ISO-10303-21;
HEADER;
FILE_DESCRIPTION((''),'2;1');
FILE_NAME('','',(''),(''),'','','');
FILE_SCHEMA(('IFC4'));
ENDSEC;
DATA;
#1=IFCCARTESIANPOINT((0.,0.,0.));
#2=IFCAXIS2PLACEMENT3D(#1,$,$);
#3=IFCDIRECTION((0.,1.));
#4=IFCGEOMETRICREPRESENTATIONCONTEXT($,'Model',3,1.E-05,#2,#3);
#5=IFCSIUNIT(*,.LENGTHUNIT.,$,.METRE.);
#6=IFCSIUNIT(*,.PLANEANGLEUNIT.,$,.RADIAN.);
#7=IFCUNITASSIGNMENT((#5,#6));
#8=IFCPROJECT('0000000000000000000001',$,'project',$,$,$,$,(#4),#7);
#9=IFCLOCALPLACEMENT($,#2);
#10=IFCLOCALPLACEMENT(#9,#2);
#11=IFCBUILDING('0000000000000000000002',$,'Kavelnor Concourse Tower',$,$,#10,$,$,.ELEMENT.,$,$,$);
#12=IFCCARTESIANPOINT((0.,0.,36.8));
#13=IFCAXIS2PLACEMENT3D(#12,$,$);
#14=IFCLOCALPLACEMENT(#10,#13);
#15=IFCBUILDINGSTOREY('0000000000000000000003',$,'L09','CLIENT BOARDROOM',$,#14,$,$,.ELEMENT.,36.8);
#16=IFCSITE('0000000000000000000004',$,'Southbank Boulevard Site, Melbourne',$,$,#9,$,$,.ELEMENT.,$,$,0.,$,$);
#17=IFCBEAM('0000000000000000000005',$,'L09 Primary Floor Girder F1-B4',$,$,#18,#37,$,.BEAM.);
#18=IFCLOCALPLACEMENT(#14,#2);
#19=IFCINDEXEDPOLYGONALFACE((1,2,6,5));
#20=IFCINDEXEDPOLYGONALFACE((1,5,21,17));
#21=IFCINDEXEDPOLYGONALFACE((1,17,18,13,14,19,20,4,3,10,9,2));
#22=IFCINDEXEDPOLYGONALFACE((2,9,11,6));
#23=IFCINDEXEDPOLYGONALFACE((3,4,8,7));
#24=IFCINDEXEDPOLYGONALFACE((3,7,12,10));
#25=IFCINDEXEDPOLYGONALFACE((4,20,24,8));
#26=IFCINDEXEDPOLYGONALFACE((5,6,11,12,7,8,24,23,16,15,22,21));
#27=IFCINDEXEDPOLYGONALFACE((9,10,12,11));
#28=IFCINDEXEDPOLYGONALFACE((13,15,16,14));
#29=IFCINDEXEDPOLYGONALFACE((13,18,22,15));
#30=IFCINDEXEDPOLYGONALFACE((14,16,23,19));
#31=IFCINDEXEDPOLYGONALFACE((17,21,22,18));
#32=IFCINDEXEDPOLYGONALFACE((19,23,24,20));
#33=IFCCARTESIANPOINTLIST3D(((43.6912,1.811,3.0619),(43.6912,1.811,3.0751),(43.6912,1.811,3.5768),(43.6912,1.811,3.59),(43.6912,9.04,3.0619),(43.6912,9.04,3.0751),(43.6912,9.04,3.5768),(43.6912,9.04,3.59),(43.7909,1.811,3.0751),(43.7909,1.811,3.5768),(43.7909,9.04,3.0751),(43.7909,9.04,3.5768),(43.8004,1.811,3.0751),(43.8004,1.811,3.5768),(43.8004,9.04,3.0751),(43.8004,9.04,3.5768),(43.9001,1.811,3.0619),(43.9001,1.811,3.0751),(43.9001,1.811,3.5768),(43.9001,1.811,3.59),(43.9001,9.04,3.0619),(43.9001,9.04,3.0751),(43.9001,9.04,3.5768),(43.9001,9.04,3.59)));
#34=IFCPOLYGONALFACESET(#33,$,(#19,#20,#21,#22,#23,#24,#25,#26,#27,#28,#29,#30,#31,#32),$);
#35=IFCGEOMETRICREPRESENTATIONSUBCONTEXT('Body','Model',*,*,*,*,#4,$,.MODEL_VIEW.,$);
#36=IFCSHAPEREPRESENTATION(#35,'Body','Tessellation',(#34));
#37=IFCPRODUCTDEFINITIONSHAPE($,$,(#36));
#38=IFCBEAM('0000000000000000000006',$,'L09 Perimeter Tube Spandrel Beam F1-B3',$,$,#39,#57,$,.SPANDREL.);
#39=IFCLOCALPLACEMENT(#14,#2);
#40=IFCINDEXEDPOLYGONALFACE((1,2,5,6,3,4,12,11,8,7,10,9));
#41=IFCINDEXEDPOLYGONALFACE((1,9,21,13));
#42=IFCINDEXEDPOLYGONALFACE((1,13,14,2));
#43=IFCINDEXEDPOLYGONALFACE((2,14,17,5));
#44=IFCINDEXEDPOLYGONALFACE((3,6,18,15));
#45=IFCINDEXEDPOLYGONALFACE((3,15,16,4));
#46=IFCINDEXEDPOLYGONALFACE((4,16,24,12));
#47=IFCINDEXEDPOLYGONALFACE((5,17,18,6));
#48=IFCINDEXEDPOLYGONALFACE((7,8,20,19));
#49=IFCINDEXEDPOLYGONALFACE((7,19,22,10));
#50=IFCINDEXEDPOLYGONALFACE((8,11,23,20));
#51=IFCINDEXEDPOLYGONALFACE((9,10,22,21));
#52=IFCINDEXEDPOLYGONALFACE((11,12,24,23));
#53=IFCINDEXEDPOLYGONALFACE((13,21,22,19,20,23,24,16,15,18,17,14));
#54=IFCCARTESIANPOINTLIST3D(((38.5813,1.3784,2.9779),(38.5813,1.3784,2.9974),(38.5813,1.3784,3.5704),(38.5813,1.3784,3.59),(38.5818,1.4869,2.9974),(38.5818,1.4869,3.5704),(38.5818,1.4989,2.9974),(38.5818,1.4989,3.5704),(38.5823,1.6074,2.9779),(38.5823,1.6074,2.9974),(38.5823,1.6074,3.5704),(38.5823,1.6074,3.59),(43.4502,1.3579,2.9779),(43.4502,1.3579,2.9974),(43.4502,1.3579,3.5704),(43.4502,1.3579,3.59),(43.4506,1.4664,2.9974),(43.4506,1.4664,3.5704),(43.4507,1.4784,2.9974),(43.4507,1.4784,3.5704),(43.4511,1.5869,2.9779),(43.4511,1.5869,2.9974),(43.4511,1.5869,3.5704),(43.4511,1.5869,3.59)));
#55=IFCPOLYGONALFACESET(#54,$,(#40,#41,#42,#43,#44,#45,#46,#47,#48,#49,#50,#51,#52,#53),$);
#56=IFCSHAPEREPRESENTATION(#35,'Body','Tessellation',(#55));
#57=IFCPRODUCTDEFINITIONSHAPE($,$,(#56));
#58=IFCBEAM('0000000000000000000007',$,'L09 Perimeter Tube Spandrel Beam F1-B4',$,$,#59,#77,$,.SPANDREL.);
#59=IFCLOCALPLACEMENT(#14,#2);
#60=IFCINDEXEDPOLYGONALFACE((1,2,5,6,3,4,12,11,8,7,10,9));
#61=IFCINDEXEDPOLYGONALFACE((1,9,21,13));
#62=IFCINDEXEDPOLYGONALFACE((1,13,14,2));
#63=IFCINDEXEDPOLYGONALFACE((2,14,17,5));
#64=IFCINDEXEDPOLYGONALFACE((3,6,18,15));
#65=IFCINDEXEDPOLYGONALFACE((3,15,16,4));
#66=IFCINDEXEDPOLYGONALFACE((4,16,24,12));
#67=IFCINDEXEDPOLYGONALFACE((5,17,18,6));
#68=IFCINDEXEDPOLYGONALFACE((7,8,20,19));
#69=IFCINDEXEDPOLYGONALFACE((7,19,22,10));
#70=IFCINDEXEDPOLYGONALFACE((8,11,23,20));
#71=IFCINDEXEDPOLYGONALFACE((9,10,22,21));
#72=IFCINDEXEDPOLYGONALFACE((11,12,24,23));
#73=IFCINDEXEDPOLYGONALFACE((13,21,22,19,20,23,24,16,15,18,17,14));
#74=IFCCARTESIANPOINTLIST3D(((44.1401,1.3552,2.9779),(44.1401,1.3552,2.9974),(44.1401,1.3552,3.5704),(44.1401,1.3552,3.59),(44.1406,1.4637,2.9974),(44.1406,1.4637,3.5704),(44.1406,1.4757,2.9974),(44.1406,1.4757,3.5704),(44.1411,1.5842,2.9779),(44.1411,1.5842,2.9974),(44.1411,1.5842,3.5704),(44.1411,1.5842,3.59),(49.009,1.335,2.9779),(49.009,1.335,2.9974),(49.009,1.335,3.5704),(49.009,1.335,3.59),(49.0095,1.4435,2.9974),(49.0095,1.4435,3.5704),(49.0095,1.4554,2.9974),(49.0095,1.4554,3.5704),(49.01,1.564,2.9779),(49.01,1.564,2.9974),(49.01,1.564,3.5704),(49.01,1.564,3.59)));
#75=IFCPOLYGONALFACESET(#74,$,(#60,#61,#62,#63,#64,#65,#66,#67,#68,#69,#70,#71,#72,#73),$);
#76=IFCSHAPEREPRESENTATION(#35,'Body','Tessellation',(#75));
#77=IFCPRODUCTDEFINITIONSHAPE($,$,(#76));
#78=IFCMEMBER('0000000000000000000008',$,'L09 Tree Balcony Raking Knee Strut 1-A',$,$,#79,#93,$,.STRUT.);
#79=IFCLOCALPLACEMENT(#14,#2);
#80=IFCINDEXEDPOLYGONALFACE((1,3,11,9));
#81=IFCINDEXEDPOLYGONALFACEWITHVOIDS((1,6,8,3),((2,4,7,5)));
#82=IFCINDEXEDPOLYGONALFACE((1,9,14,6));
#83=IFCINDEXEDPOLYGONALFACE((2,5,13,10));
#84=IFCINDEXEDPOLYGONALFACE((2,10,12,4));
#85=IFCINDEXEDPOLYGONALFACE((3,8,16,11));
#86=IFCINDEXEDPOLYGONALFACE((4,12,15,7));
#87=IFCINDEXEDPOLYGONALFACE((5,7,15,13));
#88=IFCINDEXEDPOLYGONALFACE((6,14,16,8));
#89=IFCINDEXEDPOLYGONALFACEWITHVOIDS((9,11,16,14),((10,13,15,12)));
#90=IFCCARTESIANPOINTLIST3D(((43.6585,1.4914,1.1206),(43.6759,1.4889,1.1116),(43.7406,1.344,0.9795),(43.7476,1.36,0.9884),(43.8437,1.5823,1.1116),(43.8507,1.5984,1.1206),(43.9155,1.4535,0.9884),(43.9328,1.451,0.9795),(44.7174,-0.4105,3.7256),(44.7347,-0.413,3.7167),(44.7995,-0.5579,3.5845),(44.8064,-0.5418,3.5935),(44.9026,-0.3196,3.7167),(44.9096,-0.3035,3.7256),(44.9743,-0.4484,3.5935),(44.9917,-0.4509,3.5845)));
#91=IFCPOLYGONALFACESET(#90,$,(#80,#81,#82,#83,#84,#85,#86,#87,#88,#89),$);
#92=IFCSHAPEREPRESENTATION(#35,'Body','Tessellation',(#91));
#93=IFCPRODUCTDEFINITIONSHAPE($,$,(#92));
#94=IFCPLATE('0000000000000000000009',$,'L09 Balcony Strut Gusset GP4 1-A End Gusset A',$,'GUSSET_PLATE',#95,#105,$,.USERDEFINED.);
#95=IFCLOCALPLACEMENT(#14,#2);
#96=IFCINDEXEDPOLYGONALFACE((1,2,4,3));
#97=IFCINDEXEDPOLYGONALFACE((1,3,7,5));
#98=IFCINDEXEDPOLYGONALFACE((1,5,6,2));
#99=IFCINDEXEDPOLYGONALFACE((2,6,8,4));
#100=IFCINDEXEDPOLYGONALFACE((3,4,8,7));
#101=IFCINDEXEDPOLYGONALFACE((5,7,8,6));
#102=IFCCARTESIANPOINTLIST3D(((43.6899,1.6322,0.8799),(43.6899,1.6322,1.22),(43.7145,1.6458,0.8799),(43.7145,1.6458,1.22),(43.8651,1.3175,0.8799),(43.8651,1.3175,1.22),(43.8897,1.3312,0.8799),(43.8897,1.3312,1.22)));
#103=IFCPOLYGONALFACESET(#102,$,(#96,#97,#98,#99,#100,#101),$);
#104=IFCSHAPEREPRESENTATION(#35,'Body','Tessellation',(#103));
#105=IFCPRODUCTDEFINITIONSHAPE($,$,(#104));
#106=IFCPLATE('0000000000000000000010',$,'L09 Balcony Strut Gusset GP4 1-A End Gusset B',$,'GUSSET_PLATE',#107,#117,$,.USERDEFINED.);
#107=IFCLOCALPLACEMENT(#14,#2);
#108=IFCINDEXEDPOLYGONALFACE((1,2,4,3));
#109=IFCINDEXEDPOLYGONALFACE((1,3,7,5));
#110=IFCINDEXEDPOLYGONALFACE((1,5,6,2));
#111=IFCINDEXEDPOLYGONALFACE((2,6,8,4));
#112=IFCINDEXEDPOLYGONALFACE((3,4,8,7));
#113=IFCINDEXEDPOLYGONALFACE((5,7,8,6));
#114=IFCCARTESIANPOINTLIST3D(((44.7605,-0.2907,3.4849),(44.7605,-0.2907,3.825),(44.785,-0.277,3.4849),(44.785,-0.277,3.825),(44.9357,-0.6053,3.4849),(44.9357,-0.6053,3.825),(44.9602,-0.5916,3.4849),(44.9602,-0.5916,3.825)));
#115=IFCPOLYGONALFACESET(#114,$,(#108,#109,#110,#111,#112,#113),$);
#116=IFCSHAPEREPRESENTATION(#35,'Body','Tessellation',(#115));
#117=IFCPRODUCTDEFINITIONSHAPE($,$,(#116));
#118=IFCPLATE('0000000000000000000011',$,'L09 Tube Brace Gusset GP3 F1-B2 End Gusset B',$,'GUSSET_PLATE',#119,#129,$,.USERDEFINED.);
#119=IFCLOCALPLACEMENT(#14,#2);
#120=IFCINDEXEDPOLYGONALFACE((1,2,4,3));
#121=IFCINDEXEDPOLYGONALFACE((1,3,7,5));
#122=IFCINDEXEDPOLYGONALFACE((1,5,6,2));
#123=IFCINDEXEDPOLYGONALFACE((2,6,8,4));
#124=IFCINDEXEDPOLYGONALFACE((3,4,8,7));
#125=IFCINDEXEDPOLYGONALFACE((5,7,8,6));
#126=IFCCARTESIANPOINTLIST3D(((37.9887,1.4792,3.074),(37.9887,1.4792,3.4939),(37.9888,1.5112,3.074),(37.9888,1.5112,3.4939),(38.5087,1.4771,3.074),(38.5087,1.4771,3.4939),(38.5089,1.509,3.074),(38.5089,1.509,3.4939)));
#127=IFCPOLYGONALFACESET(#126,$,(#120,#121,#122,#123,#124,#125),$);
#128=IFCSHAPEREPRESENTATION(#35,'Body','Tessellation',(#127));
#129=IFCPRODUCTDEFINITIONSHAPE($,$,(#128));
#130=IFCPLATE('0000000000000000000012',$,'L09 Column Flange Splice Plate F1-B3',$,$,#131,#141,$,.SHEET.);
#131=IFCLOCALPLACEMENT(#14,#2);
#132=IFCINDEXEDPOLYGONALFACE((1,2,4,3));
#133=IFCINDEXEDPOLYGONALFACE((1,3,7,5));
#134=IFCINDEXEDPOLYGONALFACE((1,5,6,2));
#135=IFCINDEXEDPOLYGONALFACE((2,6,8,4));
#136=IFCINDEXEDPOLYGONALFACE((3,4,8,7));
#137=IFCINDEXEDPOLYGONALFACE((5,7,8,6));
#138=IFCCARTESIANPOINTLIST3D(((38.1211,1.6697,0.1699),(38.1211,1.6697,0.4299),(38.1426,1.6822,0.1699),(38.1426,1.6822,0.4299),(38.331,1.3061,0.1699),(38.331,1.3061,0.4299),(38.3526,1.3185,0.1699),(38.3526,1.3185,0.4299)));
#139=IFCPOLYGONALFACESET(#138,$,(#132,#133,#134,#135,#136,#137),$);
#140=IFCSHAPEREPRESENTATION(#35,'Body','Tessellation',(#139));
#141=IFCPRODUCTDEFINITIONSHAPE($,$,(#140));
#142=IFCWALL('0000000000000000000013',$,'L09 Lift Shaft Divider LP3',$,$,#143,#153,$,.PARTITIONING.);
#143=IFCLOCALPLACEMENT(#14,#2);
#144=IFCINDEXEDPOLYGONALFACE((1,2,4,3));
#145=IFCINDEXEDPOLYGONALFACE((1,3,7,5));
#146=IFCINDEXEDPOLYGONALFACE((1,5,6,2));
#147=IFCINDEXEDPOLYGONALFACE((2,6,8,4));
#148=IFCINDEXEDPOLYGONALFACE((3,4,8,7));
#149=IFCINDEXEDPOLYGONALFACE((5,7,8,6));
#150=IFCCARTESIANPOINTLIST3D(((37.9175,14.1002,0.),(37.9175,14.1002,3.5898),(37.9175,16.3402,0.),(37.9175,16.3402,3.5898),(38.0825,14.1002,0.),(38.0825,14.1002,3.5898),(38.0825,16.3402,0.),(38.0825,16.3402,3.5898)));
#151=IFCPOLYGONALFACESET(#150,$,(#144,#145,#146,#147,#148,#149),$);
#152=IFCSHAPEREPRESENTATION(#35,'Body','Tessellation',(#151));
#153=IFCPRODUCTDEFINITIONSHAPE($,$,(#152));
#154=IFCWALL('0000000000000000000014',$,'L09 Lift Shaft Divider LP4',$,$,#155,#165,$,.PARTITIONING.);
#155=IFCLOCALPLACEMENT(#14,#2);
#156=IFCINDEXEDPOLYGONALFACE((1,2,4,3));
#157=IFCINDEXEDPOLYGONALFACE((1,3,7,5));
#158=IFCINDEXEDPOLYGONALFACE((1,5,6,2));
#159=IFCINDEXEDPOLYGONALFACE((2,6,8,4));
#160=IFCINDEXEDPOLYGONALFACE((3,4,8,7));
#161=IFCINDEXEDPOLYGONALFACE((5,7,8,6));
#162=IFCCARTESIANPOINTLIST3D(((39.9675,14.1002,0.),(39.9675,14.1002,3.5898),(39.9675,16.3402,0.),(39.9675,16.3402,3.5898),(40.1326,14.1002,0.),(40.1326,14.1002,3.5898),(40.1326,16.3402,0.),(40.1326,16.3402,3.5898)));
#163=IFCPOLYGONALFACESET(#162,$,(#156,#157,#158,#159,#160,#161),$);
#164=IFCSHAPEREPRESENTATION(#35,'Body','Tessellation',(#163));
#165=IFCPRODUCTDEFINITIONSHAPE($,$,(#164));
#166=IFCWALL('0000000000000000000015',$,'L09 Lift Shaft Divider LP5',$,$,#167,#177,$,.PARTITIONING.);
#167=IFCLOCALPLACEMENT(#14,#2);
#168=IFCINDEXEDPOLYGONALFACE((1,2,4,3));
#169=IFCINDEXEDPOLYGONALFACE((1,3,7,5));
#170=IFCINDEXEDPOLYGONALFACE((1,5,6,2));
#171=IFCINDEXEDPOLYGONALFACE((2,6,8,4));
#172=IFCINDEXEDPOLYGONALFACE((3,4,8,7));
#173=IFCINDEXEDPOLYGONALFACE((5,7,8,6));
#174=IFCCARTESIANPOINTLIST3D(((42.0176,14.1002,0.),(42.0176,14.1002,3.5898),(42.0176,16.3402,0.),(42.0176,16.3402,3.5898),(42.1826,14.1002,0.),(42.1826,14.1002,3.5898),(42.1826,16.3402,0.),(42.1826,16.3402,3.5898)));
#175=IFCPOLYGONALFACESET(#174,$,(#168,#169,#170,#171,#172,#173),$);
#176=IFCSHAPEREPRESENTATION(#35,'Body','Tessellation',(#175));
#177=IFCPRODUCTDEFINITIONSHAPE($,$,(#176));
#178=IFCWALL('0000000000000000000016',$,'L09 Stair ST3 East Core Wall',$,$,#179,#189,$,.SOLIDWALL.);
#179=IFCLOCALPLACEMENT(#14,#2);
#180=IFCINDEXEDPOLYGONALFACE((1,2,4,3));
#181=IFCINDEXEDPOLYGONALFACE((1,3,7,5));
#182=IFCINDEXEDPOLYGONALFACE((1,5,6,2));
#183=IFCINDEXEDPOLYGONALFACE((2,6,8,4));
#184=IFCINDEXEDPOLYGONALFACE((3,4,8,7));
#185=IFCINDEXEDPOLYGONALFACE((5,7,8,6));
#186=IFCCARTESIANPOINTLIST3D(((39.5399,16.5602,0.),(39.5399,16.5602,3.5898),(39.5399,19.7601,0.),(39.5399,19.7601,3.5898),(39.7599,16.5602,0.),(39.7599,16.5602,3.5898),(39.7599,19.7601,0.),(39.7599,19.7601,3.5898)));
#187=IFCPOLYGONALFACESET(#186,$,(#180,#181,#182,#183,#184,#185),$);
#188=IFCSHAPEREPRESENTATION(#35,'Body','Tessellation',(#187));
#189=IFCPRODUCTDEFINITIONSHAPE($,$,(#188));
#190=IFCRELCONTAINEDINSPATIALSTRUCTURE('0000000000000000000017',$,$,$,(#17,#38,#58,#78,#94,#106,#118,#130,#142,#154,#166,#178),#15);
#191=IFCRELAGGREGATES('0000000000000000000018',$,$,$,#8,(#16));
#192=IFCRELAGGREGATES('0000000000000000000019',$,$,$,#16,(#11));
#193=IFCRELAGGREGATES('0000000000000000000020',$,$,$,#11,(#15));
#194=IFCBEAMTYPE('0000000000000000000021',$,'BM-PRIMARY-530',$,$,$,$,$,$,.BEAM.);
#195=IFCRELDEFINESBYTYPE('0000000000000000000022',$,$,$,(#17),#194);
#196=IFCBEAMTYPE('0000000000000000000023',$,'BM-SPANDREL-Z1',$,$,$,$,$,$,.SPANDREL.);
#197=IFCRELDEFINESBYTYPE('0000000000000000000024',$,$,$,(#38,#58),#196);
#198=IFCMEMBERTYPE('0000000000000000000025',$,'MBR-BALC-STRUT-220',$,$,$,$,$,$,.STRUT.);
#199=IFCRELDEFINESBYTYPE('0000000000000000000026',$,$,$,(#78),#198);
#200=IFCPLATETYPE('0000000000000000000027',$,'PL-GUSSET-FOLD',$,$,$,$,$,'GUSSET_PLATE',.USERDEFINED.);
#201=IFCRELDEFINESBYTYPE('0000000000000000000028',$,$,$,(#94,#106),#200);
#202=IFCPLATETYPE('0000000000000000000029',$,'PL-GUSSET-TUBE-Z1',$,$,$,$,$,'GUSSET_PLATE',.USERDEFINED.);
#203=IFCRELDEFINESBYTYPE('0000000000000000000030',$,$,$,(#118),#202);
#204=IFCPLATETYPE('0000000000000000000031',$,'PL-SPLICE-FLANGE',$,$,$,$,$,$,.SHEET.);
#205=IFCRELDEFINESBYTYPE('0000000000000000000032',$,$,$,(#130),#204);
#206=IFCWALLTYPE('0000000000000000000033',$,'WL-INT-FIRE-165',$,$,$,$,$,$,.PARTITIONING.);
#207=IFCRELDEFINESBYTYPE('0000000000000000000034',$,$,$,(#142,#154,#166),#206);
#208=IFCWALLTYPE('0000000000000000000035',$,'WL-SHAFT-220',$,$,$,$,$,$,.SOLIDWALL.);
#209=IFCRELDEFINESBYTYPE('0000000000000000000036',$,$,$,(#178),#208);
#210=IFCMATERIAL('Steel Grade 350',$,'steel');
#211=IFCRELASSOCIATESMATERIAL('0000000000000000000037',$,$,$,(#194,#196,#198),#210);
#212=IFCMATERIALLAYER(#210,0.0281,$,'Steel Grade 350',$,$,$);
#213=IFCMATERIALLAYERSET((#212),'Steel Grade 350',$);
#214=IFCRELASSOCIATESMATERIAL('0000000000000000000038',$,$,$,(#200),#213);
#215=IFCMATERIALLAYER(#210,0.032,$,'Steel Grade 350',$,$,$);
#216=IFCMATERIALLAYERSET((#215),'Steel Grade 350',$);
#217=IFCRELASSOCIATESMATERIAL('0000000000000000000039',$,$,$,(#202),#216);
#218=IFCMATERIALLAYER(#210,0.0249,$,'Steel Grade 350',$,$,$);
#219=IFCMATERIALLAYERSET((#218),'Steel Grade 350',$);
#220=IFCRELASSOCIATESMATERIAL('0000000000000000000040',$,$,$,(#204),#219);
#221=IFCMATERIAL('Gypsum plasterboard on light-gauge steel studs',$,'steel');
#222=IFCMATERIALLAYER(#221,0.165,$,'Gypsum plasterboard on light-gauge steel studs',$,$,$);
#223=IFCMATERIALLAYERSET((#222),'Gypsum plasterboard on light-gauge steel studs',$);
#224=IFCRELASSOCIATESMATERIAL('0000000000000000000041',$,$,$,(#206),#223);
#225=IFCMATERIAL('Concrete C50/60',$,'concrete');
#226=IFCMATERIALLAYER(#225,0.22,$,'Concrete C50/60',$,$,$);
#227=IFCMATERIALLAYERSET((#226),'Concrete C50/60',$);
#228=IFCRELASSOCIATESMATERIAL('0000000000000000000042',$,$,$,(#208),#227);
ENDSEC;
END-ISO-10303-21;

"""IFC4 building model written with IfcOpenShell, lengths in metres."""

from ifc_helpers import new_model, si_unit, direction, frame, frame_2d, origin, origin_2d, place, context, subcontext, project, spatial, rectangle, hollow_rectangle, i_section, extrude, material, layer, layer_set, material_profile, profile_set, type_object, element, save


model = new_model("IFC4")

# Units and contexts
model_context = context("Model", 3, precision=1e-05, world=origin(), true_north=direction((0.0, 1.0)))
body_context = subcontext(model_context, "Body", "Model", "MODEL_VIEW")
ifc_project = project(units=[si_unit("LENGTHUNIT", "METRE"), si_unit("PLANEANGLEUNIT", "RADIAN")], contexts=[model_context])

# Site, building, storey
site_placement = place(None, origin())
site = spatial("IfcSite", under=ifc_project, at=site_placement, Name="Southbank Boulevard Site, Melbourne", CompositionType="ELEMENT", RefElevation=0.0)
building_placement = place(site_placement, origin())
building = spatial("IfcBuilding", under=site, at=building_placement, Name="Kavelnor Concourse Tower", CompositionType="ELEMENT")
storey_placement = place(building_placement, frame((0.0, 0.0, 36.8)))
storey = spatial("IfcBuildingStorey", under=building, at=storey_placement, Name="L09", Description="CLIENT BOARDROOM", CompositionType="ELEMENT", Elevation=36.8)

# Shared definitions
ifc_material_1 = material(Name="Steel Grade 350", Category="steel")

# Beams
ifc_material_profile_1 = material_profile(ifc_material_1, i_section(OverallWidth=0.209, OverallDepth=0.5281, WebThickness=0.0095, FlangeThickness=0.0132, at=origin_2d()), Name="530UB82")
ifc_profile_set_1 = profile_set([ifc_material_profile_1], Name="Steel Grade 350")
beam_type_1 = type_object("IfcBeamType", Name="BM-PRIMARY-530", PredefinedType="BEAM", material=ifc_profile_set_1)
beam_1_placement = place(storey_placement, frame((43.7957, 9.04, 3.3259), z_axis=(0.0, -1.0, 0.0), x_axis=(1.0, 0.0, 0.0)))
element("IfcBeam", 1, at=beam_1_placement, inside=storey, type_object=beam_type_1, Name="L09 Primary Floor Girder F1-B4", PredefinedType="BEAM", context=body_context, shape_type="SweptSolid", body=[
    extrude(i_section(OverallWidth=0.209, OverallDepth=0.5281, WebThickness=0.0095, FlangeThickness=0.0132, at=origin_2d()), origin(), (0.0, 0.0, 1.0), 7.229),
])
ifc_material_profile_2 = material_profile(ifc_material_1, i_section(OverallWidth=0.229, OverallDepth=0.6121, WebThickness=0.012, FlangeThickness=0.0195, at=origin_2d()), Name="610UB125")
ifc_profile_set_2 = profile_set([ifc_material_profile_2], Name="Steel Grade 350")
beam_type_2 = type_object("IfcBeamType", Name="BM-SPANDREL-Z1", PredefinedType="SPANDREL", material=ifc_profile_set_2)
for number, where, z_axis, x_axis, name in (
    (2, (38.5818, 1.4929, 3.2839), (0.999991, -0.004212, 0.0), (0.004212, 0.999991, 0.0), "L09 Perimeter Tube Spandrel Beam F1-B3"),
    (3, (44.1406, 1.4697, 3.2839), (0.999991, -0.004162, 0.0), (0.004162, 0.999991, 0.0), "L09 Perimeter Tube Spandrel Beam F1-B4"),
):
    element("IfcBeam", number, at=place(storey_placement, frame(where, z_axis=z_axis, x_axis=x_axis)), inside=storey, type_object=beam_type_2, Name=name, PredefinedType="SPANDREL", context=body_context, shape_type="SweptSolid", body=[
        extrude(i_section(OverallWidth=0.229, OverallDepth=0.6121, WebThickness=0.012, FlangeThickness=0.0195, at=origin_2d()), origin(), (0.0, 0.0, 1.0), 4.8689),
    ])

# Member
ifc_material_profile_3 = material_profile(ifc_material_1, hollow_rectangle(XDim=0.22, YDim=0.22, WallThickness=0.0139, at=origin_2d()), Name="SHS 220x220x14")
ifc_profile_set_3 = profile_set([ifc_material_profile_3], Name="Steel Grade 350")
member_type = type_object("IfcMemberType", Name="MBR-BALC-STRUT-220", PredefinedType="STRUT", material=ifc_profile_set_3)
member_placement = place(storey_placement, frame((43.7957, 1.4712, 1.05), z_axis=(0.311907, -0.560239, 0.767363), x_axis=(0.873718, 0.486433, 0.0)))
element("IfcMember", 4, at=member_placement, inside=storey, type_object=member_type, Name="L09 Tree Balcony Raking Knee Strut 1-A", PredefinedType="STRUT", context=body_context, shape_type="SweptSolid", body=[
    extrude(hollow_rectangle(XDim=0.22, YDim=0.22, WallThickness=0.0139, at=origin_2d()), origin(), (0.0, 0.0, 1.0), 3.3948),
])

# Plates
ifc_layer_1 = layer(ifc_material_1, 0.0281, Name="Steel Grade 350")
ifc_layer_set_1 = layer_set([ifc_layer_1], Name="Steel Grade 350")
plate_type_1 = type_object("IfcPlateType", Name="PL-GUSSET-FOLD", ElementType="GUSSET_PLATE", PredefinedType="USERDEFINED", material=ifc_layer_set_1)
for number, where, z_axis, x_axis, name in (
    (5, (43.7898, 1.4817, 0.8799), (0.0, 0.0, 1.0), (0.486488, -0.873687, 0.0), "L09 Balcony Strut Gusset GP4 1-A End Gusset A"),
    (6, (44.8604, -0.4412, 3.4849), (0.0, 0.0, 1.0), (0.486488, -0.873687, 0.0), "L09 Balcony Strut Gusset GP4 1-A End Gusset B"),
):
    element("IfcPlate", number, at=place(storey_placement, frame(where, z_axis=z_axis, x_axis=x_axis)), inside=storey, type_object=plate_type_1, Name=name, ObjectType="GUSSET_PLATE", PredefinedType="USERDEFINED", context=body_context, shape_type="SweptSolid", body=[
        extrude(rectangle(XDim=0.3601, YDim=0.0281, at=origin_2d()), origin(), (0.0, 0.0, 1.0), 0.3401),
    ])
ifc_layer_2 = layer(ifc_material_1, 0.032, Name="Steel Grade 350")
ifc_layer_set_2 = layer_set([ifc_layer_2], Name="Steel Grade 350")
plate_type_2 = type_object("IfcPlateType", Name="PL-GUSSET-TUBE-Z1", ElementType="GUSSET_PLATE", PredefinedType="USERDEFINED", material=ifc_layer_set_2)
plate_1_placement = place(storey_placement, frame((38.2488, 1.4941, 3.074), z_axis=(0.0, 0.0, 1.0), x_axis=(0.999991, -0.004189, 0.0)))
element("IfcPlate", 7, at=plate_1_placement, inside=storey, type_object=plate_type_2, Name="L09 Tube Brace Gusset GP3 F1-B2 End Gusset B", ObjectType="GUSSET_PLATE", PredefinedType="USERDEFINED", context=body_context, shape_type="SweptSolid", body=[
    extrude(rectangle(XDim=0.52, YDim=0.032, at=origin_2d()), origin(), (0.0, 0.0, 1.0), 0.4199),
])
ifc_layer_3 = layer(ifc_material_1, 0.0249, Name="Steel Grade 350")
ifc_layer_set_3 = layer_set([ifc_layer_3], Name="Steel Grade 350")
plate_type_3 = type_object("IfcPlateType", Name="PL-SPLICE-FLANGE", PredefinedType="SHEET", material=ifc_layer_set_3)
plate_2_placement = place(storey_placement, frame((38.2368, 1.4941, 0.1699), z_axis=(0.0, 0.0, 1.0), x_axis=(-0.5, 0.866025, 0.0)))
element("IfcPlate", 8, at=plate_2_placement, inside=storey, type_object=plate_type_3, Name="L09 Column Flange Splice Plate F1-B3", PredefinedType="SHEET", context=body_context, shape_type="SweptSolid", body=[
    extrude(rectangle(XDim=0.4199, YDim=0.0249, at=origin_2d()), origin(), (0.0, 0.0, 1.0), 0.26),
])

# Walls
ifc_material_2 = material(Name="Gypsum plasterboard on light-gauge steel studs", Category="steel")
ifc_layer_4 = layer(ifc_material_2, 0.165, Name="Gypsum plasterboard on light-gauge steel studs")
ifc_layer_set_4 = layer_set([ifc_layer_4], Name="Gypsum plasterboard on light-gauge steel studs")
wall_type_1 = type_object("IfcWallType", Name="WL-INT-FIRE-165", PredefinedType="PARTITIONING", material=ifc_layer_set_4)
for number, where, z_axis, x_axis, name in (
    (9, (38.0, 14.1001, 0.0), (0.0, 0.0, 1.0), (0.0, 1.0, 0.0), "L09 Lift Shaft Divider LP3"),
    (10, (40.05, 14.1001, 0.0), (0.0, 0.0, 1.0), (0.0, 1.0, 0.0), "L09 Lift Shaft Divider LP4"),
    (11, (42.1001, 14.1001, 0.0), (0.0, 0.0, 1.0), (0.0, 1.0, 0.0), "L09 Lift Shaft Divider LP5"),
):
    element("IfcWall", number, at=place(storey_placement, frame(where, z_axis=z_axis, x_axis=x_axis)), inside=storey, type_object=wall_type_1, Name=name, PredefinedType="PARTITIONING", context=body_context, shape_type="SweptSolid", body=[
        extrude(rectangle(XDim=2.24, YDim=0.165, at=frame_2d((1.1201, 0.0))), origin(), (0.0, 0.0, 1.0), 3.5898),
    ])
ifc_material_3 = material(Name="Concrete C50/60", Category="concrete")
ifc_layer_5 = layer(ifc_material_3, 0.22, Name="Concrete C50/60")
ifc_layer_set_5 = layer_set([ifc_layer_5], Name="Concrete C50/60")
wall_type_2 = type_object("IfcWallType", Name="WL-SHAFT-220", PredefinedType="SOLIDWALL", material=ifc_layer_set_5)
wall_1_placement = place(storey_placement, frame((39.6499, 16.5601, 0.0), z_axis=(0.0, 0.0, 1.0), x_axis=(0.0, 1.0, 0.0)))
element("IfcWall", 12, at=wall_1_placement, inside=storey, type_object=wall_type_2, Name="L09 Stair ST3 East Core Wall", PredefinedType="SOLIDWALL", context=body_context, shape_type="SweptSolid", body=[
    extrude(rectangle(XDim=3.2, YDim=0.22, at=frame_2d((1.6001, 0.0))), origin(), (0.0, 0.0, 1.0), 3.5898),
])

save(model, "model.ifc")
